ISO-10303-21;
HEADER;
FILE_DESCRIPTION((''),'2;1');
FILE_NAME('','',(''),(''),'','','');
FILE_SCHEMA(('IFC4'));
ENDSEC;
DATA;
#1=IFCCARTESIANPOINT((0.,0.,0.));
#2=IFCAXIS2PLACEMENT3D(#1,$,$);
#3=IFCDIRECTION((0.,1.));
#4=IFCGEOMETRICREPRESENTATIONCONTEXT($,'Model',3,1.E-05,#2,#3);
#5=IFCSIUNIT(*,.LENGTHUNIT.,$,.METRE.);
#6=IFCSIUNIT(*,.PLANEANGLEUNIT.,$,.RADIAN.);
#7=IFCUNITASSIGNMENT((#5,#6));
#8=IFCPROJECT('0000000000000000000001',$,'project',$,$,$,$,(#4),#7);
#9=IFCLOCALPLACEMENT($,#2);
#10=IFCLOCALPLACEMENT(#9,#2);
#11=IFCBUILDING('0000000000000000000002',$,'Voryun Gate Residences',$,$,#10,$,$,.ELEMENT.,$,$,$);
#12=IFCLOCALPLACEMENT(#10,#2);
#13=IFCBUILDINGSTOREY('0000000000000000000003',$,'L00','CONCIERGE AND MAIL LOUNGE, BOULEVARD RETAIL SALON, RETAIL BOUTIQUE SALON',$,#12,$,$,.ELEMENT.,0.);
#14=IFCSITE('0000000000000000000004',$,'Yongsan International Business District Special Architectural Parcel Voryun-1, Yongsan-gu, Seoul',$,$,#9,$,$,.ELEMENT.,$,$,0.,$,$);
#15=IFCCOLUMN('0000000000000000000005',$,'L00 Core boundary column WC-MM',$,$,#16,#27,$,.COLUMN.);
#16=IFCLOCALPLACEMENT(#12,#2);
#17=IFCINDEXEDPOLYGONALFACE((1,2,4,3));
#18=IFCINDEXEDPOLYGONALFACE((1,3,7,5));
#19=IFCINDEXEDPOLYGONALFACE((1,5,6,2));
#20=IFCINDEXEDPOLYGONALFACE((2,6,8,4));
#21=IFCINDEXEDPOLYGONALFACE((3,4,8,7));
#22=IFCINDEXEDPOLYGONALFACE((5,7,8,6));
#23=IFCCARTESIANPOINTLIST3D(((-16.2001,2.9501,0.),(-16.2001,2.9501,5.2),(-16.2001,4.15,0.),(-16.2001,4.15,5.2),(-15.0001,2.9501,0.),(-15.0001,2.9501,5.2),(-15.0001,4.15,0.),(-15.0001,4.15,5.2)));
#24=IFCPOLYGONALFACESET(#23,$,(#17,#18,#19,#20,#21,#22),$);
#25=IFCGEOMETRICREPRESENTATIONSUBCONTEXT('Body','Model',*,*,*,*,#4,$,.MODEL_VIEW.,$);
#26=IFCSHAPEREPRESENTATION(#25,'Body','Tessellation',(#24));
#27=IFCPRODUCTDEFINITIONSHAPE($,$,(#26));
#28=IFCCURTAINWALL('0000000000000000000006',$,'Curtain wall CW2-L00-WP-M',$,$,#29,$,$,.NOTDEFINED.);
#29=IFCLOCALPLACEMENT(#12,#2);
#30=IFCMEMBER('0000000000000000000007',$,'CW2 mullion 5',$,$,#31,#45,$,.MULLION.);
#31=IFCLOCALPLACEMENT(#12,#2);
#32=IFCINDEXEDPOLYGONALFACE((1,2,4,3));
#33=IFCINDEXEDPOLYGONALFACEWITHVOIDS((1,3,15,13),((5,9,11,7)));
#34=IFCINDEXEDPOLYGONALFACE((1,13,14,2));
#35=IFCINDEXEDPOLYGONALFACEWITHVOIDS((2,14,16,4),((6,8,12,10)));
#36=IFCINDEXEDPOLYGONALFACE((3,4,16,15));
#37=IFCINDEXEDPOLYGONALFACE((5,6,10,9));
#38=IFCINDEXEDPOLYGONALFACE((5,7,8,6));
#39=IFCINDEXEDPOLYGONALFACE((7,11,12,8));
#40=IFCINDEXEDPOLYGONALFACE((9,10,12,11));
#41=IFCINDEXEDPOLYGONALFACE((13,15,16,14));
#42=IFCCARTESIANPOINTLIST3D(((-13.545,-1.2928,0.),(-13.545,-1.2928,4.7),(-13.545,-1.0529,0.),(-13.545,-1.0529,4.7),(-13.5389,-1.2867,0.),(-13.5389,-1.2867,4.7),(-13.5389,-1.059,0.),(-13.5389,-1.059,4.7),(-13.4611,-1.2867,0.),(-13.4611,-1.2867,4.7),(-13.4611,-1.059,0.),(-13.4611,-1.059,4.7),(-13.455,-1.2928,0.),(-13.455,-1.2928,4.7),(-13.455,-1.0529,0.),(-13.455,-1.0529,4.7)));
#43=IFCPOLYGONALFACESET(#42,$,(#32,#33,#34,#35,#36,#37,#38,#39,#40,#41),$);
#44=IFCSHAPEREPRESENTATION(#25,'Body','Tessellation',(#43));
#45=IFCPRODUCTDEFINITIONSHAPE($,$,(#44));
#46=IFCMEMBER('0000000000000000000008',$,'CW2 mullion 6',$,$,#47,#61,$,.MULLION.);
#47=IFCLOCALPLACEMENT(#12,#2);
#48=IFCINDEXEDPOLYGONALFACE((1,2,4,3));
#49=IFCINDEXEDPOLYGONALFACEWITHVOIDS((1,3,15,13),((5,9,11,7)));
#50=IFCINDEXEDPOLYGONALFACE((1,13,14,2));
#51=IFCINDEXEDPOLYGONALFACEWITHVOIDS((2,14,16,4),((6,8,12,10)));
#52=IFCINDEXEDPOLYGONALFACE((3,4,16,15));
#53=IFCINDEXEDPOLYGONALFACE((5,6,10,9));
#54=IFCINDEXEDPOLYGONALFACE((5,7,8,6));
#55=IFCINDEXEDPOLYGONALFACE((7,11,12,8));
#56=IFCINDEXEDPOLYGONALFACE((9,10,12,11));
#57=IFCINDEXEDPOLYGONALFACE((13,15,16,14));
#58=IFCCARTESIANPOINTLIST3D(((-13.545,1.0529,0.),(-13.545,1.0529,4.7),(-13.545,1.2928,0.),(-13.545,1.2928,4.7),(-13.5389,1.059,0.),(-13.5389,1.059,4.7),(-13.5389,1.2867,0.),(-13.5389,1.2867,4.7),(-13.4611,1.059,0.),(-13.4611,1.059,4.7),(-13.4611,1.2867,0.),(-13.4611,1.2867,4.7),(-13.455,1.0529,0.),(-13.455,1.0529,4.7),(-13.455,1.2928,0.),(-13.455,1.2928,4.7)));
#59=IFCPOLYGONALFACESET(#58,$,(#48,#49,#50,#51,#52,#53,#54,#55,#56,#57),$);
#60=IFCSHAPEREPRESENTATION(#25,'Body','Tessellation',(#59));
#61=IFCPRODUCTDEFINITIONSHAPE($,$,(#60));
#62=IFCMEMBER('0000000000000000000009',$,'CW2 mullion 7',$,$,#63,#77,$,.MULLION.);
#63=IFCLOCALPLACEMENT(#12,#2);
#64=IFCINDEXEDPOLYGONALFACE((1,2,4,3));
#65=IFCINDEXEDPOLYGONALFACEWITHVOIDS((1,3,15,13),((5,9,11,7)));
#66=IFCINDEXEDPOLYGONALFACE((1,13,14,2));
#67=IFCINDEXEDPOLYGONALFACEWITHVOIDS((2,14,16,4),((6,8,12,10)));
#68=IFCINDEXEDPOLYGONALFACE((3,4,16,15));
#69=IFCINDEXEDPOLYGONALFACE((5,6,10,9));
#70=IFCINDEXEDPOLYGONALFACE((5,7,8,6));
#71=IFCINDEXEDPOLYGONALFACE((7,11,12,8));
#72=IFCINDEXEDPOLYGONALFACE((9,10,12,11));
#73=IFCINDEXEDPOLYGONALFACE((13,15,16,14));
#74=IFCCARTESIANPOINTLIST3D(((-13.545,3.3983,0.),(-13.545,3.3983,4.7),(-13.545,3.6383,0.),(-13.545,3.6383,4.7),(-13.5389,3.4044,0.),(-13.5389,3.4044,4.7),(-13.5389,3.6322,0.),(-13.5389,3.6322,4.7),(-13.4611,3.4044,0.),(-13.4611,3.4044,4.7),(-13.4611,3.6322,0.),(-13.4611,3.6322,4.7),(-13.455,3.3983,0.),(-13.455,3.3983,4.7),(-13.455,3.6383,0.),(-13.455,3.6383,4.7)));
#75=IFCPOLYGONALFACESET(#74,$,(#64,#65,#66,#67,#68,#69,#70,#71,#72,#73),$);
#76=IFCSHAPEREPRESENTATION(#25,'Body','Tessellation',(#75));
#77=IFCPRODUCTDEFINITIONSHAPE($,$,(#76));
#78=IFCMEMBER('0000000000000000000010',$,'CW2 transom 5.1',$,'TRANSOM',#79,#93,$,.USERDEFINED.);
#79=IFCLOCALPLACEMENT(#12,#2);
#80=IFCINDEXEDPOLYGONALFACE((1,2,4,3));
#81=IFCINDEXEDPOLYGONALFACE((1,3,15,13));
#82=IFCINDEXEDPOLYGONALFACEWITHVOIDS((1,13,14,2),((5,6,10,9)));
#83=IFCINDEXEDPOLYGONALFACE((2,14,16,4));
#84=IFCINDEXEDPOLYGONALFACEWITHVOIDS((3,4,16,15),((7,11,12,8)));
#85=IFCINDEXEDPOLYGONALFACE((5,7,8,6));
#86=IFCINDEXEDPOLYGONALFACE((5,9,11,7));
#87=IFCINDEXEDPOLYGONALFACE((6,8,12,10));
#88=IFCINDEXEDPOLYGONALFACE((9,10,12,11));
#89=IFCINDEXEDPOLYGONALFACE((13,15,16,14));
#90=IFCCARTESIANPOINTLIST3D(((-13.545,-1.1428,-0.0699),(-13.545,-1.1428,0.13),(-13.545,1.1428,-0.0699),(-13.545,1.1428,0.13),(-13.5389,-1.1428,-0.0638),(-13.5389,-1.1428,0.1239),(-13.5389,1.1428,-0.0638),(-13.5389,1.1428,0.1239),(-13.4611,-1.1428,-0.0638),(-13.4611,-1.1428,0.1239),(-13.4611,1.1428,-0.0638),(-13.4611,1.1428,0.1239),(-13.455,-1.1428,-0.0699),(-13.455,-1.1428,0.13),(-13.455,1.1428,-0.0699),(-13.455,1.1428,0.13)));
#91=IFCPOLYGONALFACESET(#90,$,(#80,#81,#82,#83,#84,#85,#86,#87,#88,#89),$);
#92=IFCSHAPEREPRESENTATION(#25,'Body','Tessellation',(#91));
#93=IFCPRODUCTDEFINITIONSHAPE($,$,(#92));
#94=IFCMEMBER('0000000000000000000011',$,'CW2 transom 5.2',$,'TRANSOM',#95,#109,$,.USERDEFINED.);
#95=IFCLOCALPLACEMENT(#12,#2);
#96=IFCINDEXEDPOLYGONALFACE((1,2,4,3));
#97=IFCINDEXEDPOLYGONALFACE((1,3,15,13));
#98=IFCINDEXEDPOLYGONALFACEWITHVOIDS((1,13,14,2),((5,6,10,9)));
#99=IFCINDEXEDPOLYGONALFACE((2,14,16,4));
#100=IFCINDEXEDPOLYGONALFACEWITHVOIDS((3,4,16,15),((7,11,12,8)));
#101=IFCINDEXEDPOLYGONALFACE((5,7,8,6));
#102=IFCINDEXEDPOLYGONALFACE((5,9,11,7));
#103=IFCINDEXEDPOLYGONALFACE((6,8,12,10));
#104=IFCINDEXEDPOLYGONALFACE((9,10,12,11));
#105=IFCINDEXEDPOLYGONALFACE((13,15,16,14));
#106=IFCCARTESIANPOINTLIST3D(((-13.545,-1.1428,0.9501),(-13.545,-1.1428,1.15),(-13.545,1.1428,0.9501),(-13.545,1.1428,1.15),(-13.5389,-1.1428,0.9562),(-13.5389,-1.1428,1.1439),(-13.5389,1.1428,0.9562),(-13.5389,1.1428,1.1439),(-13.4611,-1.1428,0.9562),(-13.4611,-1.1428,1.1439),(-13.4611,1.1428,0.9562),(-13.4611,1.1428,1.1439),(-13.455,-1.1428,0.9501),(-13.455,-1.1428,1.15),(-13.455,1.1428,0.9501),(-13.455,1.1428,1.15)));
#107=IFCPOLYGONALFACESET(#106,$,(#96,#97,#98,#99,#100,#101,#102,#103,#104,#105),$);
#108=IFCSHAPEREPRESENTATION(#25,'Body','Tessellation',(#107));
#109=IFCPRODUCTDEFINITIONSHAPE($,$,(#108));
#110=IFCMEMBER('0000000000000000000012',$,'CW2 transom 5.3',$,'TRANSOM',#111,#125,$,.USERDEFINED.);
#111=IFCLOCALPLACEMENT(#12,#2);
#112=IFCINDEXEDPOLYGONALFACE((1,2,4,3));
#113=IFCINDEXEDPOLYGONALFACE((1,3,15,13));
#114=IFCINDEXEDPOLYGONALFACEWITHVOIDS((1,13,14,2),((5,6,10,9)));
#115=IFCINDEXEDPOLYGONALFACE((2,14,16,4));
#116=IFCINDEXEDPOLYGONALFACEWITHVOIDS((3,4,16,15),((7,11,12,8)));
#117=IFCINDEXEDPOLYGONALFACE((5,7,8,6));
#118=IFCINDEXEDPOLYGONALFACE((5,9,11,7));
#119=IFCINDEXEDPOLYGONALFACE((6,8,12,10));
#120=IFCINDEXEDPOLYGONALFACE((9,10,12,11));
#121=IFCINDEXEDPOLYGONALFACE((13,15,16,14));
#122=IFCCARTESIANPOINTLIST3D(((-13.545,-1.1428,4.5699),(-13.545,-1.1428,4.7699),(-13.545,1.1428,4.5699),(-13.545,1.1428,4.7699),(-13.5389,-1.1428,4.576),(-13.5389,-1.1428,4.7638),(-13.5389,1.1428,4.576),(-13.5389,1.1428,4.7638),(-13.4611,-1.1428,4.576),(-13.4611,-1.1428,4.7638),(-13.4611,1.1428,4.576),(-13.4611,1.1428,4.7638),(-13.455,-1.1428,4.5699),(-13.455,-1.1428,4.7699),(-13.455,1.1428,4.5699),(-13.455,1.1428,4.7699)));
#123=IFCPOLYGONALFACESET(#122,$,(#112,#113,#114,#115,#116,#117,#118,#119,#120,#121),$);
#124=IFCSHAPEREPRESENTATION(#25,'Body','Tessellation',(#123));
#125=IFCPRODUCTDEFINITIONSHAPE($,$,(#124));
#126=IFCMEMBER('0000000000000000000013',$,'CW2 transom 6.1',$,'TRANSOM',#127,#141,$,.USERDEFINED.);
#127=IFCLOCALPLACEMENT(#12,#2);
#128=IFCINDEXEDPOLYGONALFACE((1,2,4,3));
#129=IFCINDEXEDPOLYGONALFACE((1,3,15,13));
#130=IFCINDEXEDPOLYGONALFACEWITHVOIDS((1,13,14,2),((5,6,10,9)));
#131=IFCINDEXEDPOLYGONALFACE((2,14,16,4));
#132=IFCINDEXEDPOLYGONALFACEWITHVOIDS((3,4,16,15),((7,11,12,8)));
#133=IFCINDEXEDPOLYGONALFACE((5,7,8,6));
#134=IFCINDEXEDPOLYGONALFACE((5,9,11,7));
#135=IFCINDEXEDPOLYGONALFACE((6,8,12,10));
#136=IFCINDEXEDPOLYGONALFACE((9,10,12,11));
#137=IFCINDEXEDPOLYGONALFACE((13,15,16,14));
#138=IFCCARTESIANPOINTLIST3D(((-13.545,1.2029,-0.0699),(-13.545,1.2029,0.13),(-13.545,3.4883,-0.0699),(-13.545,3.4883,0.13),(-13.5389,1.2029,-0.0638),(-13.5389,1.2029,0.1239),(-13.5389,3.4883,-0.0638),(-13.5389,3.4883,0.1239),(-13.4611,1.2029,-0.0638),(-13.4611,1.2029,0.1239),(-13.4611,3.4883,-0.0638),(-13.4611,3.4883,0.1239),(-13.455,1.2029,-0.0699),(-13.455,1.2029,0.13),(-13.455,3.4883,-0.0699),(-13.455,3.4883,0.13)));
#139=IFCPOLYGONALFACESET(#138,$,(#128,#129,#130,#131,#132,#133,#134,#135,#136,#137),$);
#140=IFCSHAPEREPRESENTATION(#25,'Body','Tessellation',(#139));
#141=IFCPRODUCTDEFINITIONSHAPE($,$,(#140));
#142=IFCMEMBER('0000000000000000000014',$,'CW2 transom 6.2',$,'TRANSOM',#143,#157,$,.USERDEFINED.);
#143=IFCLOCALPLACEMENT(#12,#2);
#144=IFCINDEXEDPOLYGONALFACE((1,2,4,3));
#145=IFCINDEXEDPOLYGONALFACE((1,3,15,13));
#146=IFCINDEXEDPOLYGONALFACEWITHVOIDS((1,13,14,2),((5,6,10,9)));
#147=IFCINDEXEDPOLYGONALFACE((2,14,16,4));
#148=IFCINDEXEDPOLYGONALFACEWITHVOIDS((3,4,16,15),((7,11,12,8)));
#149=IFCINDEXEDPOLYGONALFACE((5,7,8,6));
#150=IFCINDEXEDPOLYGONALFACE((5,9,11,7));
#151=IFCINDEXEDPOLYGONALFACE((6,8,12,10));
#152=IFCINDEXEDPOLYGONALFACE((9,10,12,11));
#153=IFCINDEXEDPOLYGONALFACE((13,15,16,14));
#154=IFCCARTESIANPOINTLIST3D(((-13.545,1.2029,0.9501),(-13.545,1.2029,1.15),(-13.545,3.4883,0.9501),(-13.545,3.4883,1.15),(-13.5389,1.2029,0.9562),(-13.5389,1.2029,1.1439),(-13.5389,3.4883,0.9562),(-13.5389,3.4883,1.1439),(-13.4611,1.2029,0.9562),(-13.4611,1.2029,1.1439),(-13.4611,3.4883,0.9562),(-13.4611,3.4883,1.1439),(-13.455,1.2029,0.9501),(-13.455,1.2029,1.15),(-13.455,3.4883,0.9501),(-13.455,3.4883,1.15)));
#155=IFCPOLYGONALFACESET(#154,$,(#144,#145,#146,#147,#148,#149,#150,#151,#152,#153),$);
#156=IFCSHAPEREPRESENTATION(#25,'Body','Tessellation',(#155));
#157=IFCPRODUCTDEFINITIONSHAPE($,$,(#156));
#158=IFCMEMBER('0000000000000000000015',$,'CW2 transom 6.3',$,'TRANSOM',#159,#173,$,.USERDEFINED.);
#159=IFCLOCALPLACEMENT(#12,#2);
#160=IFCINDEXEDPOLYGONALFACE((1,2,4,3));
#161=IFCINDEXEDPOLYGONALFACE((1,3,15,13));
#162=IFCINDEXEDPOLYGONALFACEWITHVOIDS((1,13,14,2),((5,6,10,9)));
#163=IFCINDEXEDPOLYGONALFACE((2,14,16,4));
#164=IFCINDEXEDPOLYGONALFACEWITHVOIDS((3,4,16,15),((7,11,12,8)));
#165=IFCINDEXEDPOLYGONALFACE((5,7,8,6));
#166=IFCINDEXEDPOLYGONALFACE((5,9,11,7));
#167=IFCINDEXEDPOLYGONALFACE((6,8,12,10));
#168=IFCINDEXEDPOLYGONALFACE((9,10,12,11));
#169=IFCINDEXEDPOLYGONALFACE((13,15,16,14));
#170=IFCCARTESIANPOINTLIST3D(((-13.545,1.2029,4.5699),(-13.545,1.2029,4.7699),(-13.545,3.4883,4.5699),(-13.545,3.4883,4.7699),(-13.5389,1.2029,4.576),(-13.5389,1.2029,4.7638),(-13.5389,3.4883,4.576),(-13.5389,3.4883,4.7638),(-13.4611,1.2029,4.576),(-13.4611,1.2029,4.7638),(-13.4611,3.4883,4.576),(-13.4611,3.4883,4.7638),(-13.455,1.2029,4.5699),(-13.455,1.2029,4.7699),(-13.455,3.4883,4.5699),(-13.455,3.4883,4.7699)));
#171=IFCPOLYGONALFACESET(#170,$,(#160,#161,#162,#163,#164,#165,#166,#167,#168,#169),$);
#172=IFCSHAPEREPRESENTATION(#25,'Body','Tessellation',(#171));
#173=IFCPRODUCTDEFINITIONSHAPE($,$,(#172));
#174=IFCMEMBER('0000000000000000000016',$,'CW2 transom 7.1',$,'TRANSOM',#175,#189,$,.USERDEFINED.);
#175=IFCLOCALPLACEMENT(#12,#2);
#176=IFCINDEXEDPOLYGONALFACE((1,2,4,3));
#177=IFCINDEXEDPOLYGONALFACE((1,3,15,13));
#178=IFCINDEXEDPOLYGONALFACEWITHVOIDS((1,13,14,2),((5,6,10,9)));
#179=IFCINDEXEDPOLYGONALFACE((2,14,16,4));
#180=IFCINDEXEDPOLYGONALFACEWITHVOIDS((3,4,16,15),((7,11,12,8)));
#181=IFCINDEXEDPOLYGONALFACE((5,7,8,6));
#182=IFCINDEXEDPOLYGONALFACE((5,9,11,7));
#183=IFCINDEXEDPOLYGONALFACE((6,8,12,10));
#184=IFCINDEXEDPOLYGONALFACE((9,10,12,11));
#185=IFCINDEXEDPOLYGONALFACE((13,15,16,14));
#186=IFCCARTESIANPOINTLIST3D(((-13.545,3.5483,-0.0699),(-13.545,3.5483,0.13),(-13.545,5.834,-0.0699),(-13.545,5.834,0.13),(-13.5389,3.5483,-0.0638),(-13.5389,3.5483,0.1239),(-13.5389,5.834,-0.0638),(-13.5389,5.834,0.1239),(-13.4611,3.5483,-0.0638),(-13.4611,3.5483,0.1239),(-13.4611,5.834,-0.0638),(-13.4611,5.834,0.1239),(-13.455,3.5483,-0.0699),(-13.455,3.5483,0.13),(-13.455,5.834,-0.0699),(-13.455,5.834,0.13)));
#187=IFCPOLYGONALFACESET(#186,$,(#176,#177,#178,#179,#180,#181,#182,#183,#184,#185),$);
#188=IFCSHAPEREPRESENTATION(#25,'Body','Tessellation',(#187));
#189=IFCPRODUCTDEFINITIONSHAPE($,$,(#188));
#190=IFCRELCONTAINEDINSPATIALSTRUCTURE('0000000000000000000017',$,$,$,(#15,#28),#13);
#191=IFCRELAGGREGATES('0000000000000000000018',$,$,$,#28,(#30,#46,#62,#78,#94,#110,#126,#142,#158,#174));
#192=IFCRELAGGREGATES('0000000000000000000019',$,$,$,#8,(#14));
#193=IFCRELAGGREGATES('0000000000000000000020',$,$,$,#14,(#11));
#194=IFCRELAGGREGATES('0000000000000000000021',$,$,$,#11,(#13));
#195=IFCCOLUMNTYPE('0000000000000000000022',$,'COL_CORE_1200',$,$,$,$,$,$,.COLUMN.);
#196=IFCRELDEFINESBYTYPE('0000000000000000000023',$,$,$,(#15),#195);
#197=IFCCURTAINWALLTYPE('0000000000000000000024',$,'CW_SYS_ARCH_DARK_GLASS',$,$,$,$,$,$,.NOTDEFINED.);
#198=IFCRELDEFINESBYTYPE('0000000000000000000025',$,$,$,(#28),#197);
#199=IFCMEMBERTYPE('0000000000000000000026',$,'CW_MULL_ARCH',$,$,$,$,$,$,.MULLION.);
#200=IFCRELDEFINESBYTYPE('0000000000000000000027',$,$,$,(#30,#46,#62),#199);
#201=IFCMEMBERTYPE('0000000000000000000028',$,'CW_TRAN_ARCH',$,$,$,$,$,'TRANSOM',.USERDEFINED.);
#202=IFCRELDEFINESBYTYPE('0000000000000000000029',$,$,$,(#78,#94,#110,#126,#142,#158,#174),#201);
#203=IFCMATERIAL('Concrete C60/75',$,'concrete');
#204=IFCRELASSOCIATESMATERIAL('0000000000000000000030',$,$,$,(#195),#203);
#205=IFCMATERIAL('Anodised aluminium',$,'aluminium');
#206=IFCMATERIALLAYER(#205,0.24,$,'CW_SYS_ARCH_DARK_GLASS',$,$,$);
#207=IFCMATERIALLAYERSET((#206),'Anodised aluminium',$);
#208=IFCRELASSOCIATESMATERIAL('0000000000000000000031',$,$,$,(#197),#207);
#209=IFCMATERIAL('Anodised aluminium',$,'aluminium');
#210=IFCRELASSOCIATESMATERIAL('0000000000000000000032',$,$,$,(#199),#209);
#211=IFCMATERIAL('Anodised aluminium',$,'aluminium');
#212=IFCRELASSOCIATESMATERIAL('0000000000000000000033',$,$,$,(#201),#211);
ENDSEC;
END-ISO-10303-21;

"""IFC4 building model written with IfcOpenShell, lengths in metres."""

from ifc_helpers import new_model, si_unit, direction, frame, origin, origin_2d, place, context, subcontext, project, spatial, rectangle, hollow_rectangle, extrude, material, layer, layer_set, material_profile, profile_set, type_object, element, aggregate, save


model = new_model("IFC4")

# Units and contexts
model_context = context("Model", 3, precision=1e-05, world=origin(), true_north=direction((0.0, 1.0)))
body_context = subcontext(model_context, "Body", "Model", "MODEL_VIEW")
ifc_project = project(units=[si_unit("LENGTHUNIT", "METRE"), si_unit("PLANEANGLEUNIT", "RADIAN")], contexts=[model_context])

# Site, building, storey
site_placement = place(None, origin())
site = spatial("IfcSite", under=ifc_project, at=site_placement, Name="Yongsan International Business District Special Architectural Parcel Voryun-1, Yongsan-gu, Seoul", CompositionType="ELEMENT", RefElevation=0.0)
building_placement = place(site_placement, origin())
building = spatial("IfcBuilding", under=site, at=building_placement, Name="Voryun Gate Residences", CompositionType="ELEMENT")
storey_placement = place(building_placement, origin())
storey = spatial("IfcBuildingStorey", under=building, at=storey_placement, Name="L00", Description="CONCIERGE AND MAIL LOUNGE, BOULEVARD RETAIL SALON, RETAIL BOUTIQUE SALON", CompositionType="ELEMENT", Elevation=0.0)

# Column
ifc_material_1 = material(Name="Concrete C60/75", Category="concrete")
ifc_material_profile_1 = material_profile(ifc_material_1, rectangle(XDim=1.2, YDim=1.2, at=origin_2d()), Name="RC-1200x1200")
ifc_profile_set_1 = profile_set([ifc_material_profile_1], Name="Concrete C60/75")
column_type = type_object("IfcColumnType", Name="COL_CORE_1200", PredefinedType="COLUMN", material=ifc_profile_set_1)
column_placement = place(storey_placement, frame((-15.6001, 3.55, 0.0), z_axis=(0.0, 0.0, 1.0), x_axis=(1.0, 0.0, 0.0)))
element("IfcColumn", 1, at=column_placement, inside=storey, type_object=column_type, Name="L00 Core boundary column WC-MM", PredefinedType="COLUMN", context=body_context, shape_type="SweptSolid", body=[
    extrude(rectangle(XDim=1.2, YDim=1.2, at=origin_2d()), origin(), (0.0, 0.0, 1.0), 5.2),
])

# Curtain wall, members
ifc_material_2 = material(Name="Anodised aluminium", Category="aluminium")
ifc_layer_1 = layer(ifc_material_2, 0.24, Name="CW_SYS_ARCH_DARK_GLASS")
ifc_layer_set_1 = layer_set([ifc_layer_1], Name="Anodised aluminium")
curtain_wall_type = type_object("IfcCurtainWallType", Name="CW_SYS_ARCH_DARK_GLASS", PredefinedType="NOTDEFINED", material=ifc_layer_set_1)
curtain_wall_placement = place(storey_placement, origin())
curtain_wall = element("IfcCurtainWall", 2, at=curtain_wall_placement, inside=storey, type_object=curtain_wall_type, Name="Curtain wall CW2-L00-WP-M", PredefinedType="NOTDEFINED")
ifc_material_3 = material(Name="Anodised aluminium", Category="aluminium")
ifc_material_profile_2 = material_profile(ifc_material_3, hollow_rectangle(XDim=0.0901, YDim=0.24, WallThickness=0.0061, at=origin_2d()), Name="ALU-MULL-240x90x6")
ifc_profile_set_2 = profile_set([ifc_material_profile_2], Name="Anodised aluminium")
member_type_1 = type_object("IfcMemberType", Name="CW_MULL_ARCH", PredefinedType="MULLION", material=ifc_profile_set_2)
member_1_placement = place(storey_placement, frame((-13.5, -1.1729, 0.0), z_axis=(0.0, 0.0, 1.0), x_axis=(-1.0, 0.0, 0.0)))
member_1 = element("IfcMember", 3, at=member_1_placement, type_object=member_type_1, Name="CW2 mullion 5", PredefinedType="MULLION", context=body_context, shape_type="SweptSolid", body=[
    extrude(hollow_rectangle(XDim=0.0901, YDim=0.24, WallThickness=0.0061, at=origin_2d()), origin(), (0.0, 0.0, 1.0), 4.7),
])
member_2_placement = place(storey_placement, frame((-13.5, 1.1729, 0.0), z_axis=(0.0, 0.0, 1.0), x_axis=(-1.0, 0.0, 0.0)))
member_2 = element("IfcMember", 4, at=member_2_placement, type_object=member_type_1, Name="CW2 mullion 6", PredefinedType="MULLION", context=body_context, shape_type="SweptSolid", body=[
    extrude(hollow_rectangle(XDim=0.0901, YDim=0.24, WallThickness=0.0061, at=origin_2d()), origin(), (0.0, 0.0, 1.0), 4.7),
])
member_3_placement = place(storey_placement, frame((-13.5, 3.5183, 0.0), z_axis=(0.0, 0.0, 1.0), x_axis=(-1.0, 0.0, 0.0)))
member_3 = element("IfcMember", 5, at=member_3_placement, type_object=member_type_1, Name="CW2 mullion 7", PredefinedType="MULLION", context=body_context, shape_type="SweptSolid", body=[
    extrude(hollow_rectangle(XDim=0.0901, YDim=0.24, WallThickness=0.0061, at=origin_2d()), origin(), (0.0, 0.0, 1.0), 4.7),
])
ifc_material_4 = material(Name="Anodised aluminium", Category="aluminium")
ifc_material_profile_3 = material_profile(ifc_material_4, hollow_rectangle(XDim=0.0901, YDim=0.2, WallThickness=0.0061, at=origin_2d()), Name="ALU-TRAN-200x90x6")
ifc_profile_set_3 = profile_set([ifc_material_profile_3], Name="Anodised aluminium")
member_type_2 = type_object("IfcMemberType", Name="CW_TRAN_ARCH", ElementType="TRANSOM", PredefinedType="USERDEFINED", material=ifc_profile_set_3)
member_4_placement = place(storey_placement, frame((-13.5, -1.1428, 0.03), z_axis=(0.0, 1.0, 0.0), x_axis=(-1.0, 0.0, 0.0)))
member_4 = element("IfcMember", 6, at=member_4_placement, type_object=member_type_2, Name="CW2 transom 5.1", ObjectType="TRANSOM", PredefinedType="USERDEFINED", context=body_context, shape_type="SweptSolid", body=[
    extrude(hollow_rectangle(XDim=0.0901, YDim=0.2, WallThickness=0.0061, at=origin_2d()), origin(), (0.0, 0.0, 1.0), 2.2856),
])
member_5_placement = place(storey_placement, frame((-13.5, -1.1428, 1.05), z_axis=(0.0, 1.0, 0.0), x_axis=(-1.0, 0.0, 0.0)))
member_5 = element("IfcMember", 7, at=member_5_placement, type_object=member_type_2, Name="CW2 transom 5.2", ObjectType="TRANSOM", PredefinedType="USERDEFINED", context=body_context, shape_type="SweptSolid", body=[
    extrude(hollow_rectangle(XDim=0.0901, YDim=0.2, WallThickness=0.0061, at=origin_2d()), origin(), (0.0, 0.0, 1.0), 2.2856),
])
member_6_placement = place(storey_placement, frame((-13.5, -1.1428, 4.6699), z_axis=(0.0, 1.0, 0.0), x_axis=(-1.0, 0.0, 0.0)))
member_6 = element("IfcMember", 8, at=member_6_placement, type_object=member_type_2, Name="CW2 transom 5.3", ObjectType="TRANSOM", PredefinedType="USERDEFINED", context=body_context, shape_type="SweptSolid", body=[
    extrude(hollow_rectangle(XDim=0.0901, YDim=0.2, WallThickness=0.0061, at=origin_2d()), origin(), (0.0, 0.0, 1.0), 2.2856),
])
member_7_placement = place(storey_placement, frame((-13.5, 1.2029, 0.03), z_axis=(0.0, 1.0, 0.0), x_axis=(-1.0, 0.0, 0.0)))
member_7 = element("IfcMember", 9, at=member_7_placement, type_object=member_type_2, Name="CW2 transom 6.1", ObjectType="TRANSOM", PredefinedType="USERDEFINED", context=body_context, shape_type="SweptSolid", body=[
    extrude(hollow_rectangle(XDim=0.0901, YDim=0.2, WallThickness=0.0061, at=origin_2d()), origin(), (0.0, 0.0, 1.0), 2.2854),
])
member_8_placement = place(storey_placement, frame((-13.5, 1.2029, 1.05), z_axis=(0.0, 1.0, 0.0), x_axis=(-1.0, 0.0, 0.0)))
member_8 = element("IfcMember", 10, at=member_8_placement, type_object=member_type_2, Name="CW2 transom 6.2", ObjectType="TRANSOM", PredefinedType="USERDEFINED", context=body_context, shape_type="SweptSolid", body=[
    extrude(hollow_rectangle(XDim=0.0901, YDim=0.2, WallThickness=0.0061, at=origin_2d()), origin(), (0.0, 0.0, 1.0), 2.2854),
])
member_9_placement = place(storey_placement, frame((-13.5, 1.2029, 4.6699), z_axis=(0.0, 1.0, 0.0), x_axis=(-1.0, 0.0, 0.0)))
member_9 = element("IfcMember", 11, at=member_9_placement, type_object=member_type_2, Name="CW2 transom 6.3", ObjectType="TRANSOM", PredefinedType="USERDEFINED", context=body_context, shape_type="SweptSolid", body=[
    extrude(hollow_rectangle(XDim=0.0901, YDim=0.2, WallThickness=0.0061, at=origin_2d()), origin(), (0.0, 0.0, 1.0), 2.2854),
])
member_10_placement = place(storey_placement, frame((-13.5, 3.5483, 0.03), z_axis=(0.0, 1.0, 0.0), x_axis=(-1.0, 0.0, 0.0)))
member_10 = element("IfcMember", 12, at=member_10_placement, type_object=member_type_2, Name="CW2 transom 7.1", ObjectType="TRANSOM", PredefinedType="USERDEFINED", context=body_context, shape_type="SweptSolid", body=[
    extrude(hollow_rectangle(XDim=0.0901, YDim=0.2, WallThickness=0.0061, at=origin_2d()), origin(), (0.0, 0.0, 1.0), 2.2856),
])
aggregate(curtain_wall, [member_1, member_2, member_3, member_4, member_5, member_6, member_7, member_8, member_9, member_10])

save(model, "model.ifc")
